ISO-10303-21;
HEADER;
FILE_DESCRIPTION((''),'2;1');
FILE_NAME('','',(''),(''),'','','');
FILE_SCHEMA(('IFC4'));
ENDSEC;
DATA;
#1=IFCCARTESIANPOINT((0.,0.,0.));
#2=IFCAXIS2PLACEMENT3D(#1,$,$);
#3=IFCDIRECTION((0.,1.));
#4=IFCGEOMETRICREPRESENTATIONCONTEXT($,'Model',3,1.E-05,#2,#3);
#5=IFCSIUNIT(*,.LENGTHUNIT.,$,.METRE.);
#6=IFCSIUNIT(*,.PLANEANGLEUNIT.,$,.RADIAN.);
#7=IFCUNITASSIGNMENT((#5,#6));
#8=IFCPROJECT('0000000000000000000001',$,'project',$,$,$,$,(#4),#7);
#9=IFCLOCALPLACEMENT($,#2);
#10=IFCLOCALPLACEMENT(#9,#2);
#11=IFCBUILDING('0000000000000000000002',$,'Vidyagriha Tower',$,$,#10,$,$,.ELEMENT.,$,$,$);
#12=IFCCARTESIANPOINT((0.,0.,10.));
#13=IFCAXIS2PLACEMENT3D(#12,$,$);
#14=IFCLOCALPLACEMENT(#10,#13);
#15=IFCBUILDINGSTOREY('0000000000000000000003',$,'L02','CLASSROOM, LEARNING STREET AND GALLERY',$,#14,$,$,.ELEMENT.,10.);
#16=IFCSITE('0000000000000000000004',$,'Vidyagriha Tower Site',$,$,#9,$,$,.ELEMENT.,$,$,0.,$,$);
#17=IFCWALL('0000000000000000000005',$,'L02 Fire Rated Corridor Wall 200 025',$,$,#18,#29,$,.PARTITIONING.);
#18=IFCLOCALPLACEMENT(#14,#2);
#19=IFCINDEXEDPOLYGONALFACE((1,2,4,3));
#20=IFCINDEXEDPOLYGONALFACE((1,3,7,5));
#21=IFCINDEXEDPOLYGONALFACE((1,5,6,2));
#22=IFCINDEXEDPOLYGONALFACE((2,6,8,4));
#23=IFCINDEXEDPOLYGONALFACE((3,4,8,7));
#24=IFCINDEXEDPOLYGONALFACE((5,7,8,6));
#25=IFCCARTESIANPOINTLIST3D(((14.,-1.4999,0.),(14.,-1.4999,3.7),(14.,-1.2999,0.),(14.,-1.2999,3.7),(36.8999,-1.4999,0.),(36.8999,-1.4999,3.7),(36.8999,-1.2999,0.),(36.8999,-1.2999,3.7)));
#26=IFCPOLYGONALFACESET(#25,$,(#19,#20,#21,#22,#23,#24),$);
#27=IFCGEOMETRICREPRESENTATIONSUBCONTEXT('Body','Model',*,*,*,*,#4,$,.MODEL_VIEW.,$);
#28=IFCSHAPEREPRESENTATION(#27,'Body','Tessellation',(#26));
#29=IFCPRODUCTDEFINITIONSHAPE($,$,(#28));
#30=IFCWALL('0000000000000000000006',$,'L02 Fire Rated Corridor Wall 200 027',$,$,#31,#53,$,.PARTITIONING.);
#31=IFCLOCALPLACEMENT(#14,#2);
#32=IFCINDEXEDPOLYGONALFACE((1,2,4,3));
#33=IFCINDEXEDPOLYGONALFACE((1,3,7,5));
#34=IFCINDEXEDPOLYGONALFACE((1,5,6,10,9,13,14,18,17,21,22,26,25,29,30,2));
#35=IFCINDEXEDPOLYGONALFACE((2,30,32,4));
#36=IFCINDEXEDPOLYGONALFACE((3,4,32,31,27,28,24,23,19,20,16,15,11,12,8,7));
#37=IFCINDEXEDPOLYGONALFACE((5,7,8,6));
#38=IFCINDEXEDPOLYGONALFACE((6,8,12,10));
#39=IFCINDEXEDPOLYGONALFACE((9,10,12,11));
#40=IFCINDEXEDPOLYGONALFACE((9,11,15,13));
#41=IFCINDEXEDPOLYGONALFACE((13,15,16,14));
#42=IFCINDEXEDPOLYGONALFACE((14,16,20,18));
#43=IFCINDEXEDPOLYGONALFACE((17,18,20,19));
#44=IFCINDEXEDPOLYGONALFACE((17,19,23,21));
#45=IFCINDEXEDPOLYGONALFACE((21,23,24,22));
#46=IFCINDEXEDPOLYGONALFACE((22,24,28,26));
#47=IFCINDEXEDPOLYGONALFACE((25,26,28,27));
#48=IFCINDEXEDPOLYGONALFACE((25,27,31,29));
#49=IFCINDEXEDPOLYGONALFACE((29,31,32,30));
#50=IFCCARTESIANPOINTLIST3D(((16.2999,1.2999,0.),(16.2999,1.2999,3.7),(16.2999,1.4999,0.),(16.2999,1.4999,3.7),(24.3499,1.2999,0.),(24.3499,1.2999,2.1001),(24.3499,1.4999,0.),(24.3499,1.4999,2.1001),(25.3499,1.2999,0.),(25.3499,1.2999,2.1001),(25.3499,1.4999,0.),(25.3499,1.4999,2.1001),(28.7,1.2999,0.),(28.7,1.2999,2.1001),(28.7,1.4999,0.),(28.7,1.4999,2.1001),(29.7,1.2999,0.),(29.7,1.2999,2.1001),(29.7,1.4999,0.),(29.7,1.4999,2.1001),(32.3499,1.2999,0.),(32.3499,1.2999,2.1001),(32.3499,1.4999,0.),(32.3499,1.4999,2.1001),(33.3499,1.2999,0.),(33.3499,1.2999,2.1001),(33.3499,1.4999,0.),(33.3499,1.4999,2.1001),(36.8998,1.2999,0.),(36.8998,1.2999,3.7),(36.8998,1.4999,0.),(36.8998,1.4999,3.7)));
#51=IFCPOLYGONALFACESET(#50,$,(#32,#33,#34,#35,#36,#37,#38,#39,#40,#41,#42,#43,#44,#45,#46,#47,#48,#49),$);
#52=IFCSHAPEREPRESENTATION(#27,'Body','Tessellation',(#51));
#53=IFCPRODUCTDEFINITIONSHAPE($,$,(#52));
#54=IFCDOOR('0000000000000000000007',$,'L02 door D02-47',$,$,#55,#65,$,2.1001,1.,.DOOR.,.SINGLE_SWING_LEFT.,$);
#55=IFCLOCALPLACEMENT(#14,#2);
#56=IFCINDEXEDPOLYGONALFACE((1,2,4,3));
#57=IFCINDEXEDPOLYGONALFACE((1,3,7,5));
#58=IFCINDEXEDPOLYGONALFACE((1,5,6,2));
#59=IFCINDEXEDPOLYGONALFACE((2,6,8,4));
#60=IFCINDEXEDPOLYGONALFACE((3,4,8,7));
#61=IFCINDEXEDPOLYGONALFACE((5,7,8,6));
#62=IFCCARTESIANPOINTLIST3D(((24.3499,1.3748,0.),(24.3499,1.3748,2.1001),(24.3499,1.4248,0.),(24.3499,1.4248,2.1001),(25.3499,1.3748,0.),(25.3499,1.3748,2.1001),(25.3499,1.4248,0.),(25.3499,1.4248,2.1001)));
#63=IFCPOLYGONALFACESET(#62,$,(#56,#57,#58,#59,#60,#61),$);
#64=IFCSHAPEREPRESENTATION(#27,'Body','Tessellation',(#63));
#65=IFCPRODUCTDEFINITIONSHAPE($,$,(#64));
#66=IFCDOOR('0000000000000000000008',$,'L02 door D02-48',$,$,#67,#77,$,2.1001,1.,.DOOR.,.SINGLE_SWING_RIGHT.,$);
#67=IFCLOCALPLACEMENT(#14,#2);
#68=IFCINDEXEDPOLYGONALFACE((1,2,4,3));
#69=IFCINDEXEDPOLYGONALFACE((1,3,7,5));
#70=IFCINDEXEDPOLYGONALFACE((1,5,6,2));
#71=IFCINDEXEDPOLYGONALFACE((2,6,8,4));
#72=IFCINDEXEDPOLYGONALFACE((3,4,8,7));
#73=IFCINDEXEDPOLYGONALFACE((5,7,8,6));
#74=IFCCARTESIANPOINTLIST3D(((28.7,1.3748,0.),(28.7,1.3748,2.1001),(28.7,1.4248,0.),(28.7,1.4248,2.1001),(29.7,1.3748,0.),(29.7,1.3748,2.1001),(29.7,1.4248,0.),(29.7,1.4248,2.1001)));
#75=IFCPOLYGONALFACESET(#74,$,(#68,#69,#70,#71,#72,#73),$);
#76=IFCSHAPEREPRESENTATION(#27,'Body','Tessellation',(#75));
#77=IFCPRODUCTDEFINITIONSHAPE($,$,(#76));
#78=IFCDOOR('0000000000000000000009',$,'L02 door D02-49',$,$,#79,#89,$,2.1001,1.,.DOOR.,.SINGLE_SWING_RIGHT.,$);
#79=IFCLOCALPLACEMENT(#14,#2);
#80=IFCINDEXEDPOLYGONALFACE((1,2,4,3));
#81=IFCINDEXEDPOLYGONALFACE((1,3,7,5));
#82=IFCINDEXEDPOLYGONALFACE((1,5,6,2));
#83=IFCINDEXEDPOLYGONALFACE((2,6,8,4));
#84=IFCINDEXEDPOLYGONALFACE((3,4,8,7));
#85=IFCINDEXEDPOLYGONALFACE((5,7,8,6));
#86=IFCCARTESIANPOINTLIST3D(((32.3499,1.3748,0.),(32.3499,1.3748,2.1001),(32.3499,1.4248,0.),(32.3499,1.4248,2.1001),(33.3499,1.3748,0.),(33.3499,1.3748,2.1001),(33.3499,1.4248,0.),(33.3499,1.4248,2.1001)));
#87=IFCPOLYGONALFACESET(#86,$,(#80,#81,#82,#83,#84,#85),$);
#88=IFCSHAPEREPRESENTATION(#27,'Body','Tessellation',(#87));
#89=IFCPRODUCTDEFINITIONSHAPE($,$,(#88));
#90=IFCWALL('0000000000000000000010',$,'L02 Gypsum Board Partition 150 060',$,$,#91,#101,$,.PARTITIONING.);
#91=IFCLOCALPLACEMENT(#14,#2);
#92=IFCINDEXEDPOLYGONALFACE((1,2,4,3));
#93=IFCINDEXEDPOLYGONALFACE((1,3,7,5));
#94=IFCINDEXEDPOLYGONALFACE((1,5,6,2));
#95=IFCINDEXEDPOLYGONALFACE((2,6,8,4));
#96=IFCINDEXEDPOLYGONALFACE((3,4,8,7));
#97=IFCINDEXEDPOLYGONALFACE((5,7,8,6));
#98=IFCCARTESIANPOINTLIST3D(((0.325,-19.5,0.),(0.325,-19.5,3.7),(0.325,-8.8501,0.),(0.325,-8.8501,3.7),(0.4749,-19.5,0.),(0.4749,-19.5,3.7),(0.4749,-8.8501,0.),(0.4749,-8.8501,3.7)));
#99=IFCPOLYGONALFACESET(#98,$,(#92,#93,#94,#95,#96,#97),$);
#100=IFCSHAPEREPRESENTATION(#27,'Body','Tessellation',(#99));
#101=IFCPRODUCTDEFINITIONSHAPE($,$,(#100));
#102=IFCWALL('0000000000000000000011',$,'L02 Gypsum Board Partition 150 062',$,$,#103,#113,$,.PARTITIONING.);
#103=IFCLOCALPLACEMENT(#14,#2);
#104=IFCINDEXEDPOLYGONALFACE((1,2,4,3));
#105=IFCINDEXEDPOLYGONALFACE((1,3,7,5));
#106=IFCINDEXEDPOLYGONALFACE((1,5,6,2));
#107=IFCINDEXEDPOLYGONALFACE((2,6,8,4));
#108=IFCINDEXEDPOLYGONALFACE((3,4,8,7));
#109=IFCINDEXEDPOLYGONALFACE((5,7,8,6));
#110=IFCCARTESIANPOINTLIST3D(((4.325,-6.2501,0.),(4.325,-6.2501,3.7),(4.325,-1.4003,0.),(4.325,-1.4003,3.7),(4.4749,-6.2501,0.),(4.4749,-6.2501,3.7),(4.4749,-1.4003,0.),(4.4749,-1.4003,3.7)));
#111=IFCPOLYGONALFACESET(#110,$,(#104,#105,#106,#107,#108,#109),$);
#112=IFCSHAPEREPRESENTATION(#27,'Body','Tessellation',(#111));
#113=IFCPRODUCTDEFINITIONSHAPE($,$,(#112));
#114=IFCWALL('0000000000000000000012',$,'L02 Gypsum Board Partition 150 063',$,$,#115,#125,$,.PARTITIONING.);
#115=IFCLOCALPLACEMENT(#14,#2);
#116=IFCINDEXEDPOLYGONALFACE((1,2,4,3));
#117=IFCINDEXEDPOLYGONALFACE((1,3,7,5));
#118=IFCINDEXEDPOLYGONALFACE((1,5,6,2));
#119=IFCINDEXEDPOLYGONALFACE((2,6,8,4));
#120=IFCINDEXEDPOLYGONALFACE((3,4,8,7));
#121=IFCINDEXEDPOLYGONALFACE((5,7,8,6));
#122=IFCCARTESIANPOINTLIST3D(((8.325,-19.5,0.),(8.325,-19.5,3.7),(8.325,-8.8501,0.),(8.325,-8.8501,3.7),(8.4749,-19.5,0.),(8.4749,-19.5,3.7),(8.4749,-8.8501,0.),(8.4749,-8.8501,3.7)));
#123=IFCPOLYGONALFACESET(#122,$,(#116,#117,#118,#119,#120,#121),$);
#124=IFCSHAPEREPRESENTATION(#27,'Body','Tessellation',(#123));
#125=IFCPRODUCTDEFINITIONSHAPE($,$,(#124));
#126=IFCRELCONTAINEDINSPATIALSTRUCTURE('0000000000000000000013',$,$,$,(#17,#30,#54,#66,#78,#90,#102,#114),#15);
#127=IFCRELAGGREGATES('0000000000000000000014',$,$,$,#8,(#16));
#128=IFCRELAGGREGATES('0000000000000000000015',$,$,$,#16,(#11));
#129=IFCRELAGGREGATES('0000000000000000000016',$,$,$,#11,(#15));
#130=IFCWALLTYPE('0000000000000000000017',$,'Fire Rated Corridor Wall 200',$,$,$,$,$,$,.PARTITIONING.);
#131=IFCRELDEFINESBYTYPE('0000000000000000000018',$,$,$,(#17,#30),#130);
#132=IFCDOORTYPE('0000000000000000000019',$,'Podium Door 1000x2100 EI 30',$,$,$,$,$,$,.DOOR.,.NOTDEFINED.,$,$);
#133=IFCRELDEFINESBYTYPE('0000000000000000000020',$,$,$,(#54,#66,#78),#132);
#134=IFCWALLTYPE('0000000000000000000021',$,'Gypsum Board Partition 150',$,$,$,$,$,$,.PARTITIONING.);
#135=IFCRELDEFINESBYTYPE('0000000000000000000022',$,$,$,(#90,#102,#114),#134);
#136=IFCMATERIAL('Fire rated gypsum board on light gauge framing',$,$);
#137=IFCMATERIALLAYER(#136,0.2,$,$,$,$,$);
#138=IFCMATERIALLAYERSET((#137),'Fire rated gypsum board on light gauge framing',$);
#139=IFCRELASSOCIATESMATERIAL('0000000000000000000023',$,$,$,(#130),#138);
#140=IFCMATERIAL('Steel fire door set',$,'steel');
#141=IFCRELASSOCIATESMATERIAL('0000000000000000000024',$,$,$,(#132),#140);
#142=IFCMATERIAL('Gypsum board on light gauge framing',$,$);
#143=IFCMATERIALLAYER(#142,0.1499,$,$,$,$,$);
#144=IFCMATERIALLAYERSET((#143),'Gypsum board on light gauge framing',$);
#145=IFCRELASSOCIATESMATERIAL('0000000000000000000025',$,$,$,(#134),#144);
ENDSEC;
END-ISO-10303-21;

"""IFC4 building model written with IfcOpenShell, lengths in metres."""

from ifc_helpers import new_model, si_unit, direction, frame, frame_2d, origin, place, context, subcontext, project, spatial, rectangle, extrude, material, layer, layer_set, type_object, element, fill, save


model = new_model("IFC4")

# Units and contexts
model_context = context("Model", 3, precision=1e-05, world=origin(), true_north=direction((0.0, 1.0)))
body_context = subcontext(model_context, "Body", "Model", "MODEL_VIEW")
ifc_project = project(units=[si_unit("LENGTHUNIT", "METRE"), si_unit("PLANEANGLEUNIT", "RADIAN")], contexts=[model_context])

# Site, building, storey
site_placement = place(None, origin())
site = spatial("IfcSite", under=ifc_project, at=site_placement, Name="Vidyagriha Tower Site", CompositionType="ELEMENT", RefElevation=0.0)
building_placement = place(site_placement, origin())
building = spatial("IfcBuilding", under=site, at=building_placement, Name="Vidyagriha Tower", CompositionType="ELEMENT")
storey_placement = place(building_placement, frame((0.0, 0.0, 10.0)))
storey = spatial("IfcBuildingStorey", under=building, at=storey_placement, Name="L02", Description="CLASSROOM, LEARNING STREET AND GALLERY", CompositionType="ELEMENT", Elevation=10.0)

# Wall
ifc_material_1 = material(Name="Fire rated gypsum board on light gauge framing")
ifc_layer_1 = layer(ifc_material_1, 0.2)
ifc_layer_set_1 = layer_set([ifc_layer_1], Name="Fire rated gypsum board on light gauge framing")
wall_type_1 = type_object("IfcWallType", Name="Fire Rated Corridor Wall 200", PredefinedType="PARTITIONING", material=ifc_layer_set_1)
wall_1_placement = place(storey_placement, frame((14.0, -1.3999, 0.0)))
element("IfcWall", 1, at=wall_1_placement, inside=storey, type_object=wall_type_1, Name="L02 Fire Rated Corridor Wall 200 025", PredefinedType="PARTITIONING", context=body_context, shape_type="SweptSolid", body=[
    extrude(rectangle(XDim=22.8999, YDim=0.2, at=frame_2d((11.45, 0.0))), origin(), (0.0, 0.0, 1.0), 3.7),
])

# Wall, openings, doors
wall_2_placement = place(storey_placement, frame((16.3, 1.3999, 0.0)))
wall_2 = element("IfcWall", 2, at=wall_2_placement, inside=storey, type_object=wall_type_1, Name="L02 Fire Rated Corridor Wall 200 027", PredefinedType="PARTITIONING", context=body_context, shape_type="SweptSolid", body=[
    extrude(rectangle(XDim=20.5999, YDim=0.2, at=frame_2d((10.2998, 0.0))), origin(), (0.0, 0.0, 1.0), 3.7),
])
opening_1_placement = place(wall_2_placement, frame((8.0498, 0.0, 0.0)))
opening_1 = element("IfcOpeningElement", 3, at=opening_1_placement, cuts=wall_2, PredefinedType="OPENING", context=body_context, shape_type="SweptSolid", body=[
    extrude(rectangle(XDim=1.0, YDim=2.1001, at=frame_2d((0.5, 1.05))), frame((0.0, 0.1099, 0.0), z_axis=(0.0, -1.0, 0.0), x_axis=(1.0, 0.0, 0.0)), (0.0, 0.0, 1.0), 0.22),
])
opening_2_placement = place(wall_2_placement, frame((12.3999, 0.0, 0.0)))
opening_2 = element("IfcOpeningElement", 4, at=opening_2_placement, cuts=wall_2, PredefinedType="OPENING", context=body_context, shape_type="SweptSolid", body=[
    extrude(rectangle(XDim=1.0, YDim=2.1001, at=frame_2d((0.5, 1.05))), frame((0.0, 0.1099, 0.0), z_axis=(0.0, -1.0, 0.0), x_axis=(1.0, 0.0, 0.0)), (0.0, 0.0, 1.0), 0.22),
])
opening_3_placement = place(wall_2_placement, frame((16.0498, 0.0, 0.0)))
opening_3 = element("IfcOpeningElement", 5, at=opening_3_placement, cuts=wall_2, PredefinedType="OPENING", context=body_context, shape_type="SweptSolid", body=[
    extrude(rectangle(XDim=1.0, YDim=2.1001, at=frame_2d((0.5, 1.05))), frame((0.0, 0.1099, 0.0), z_axis=(0.0, -1.0, 0.0), x_axis=(1.0, 0.0, 0.0)), (0.0, 0.0, 1.0), 0.22),
])
ifc_material_2 = material(Name="Steel fire door set", Category="steel")
door_type = type_object("IfcDoorType", Name="Podium Door 1000x2100 EI 30", OperationType="NOTDEFINED", PredefinedType="DOOR", material=ifc_material_2)
door_1_placement = place(opening_1_placement, origin())
door_1 = element("IfcDoor", 6, at=door_1_placement, inside=storey, type_object=door_type, Name="L02 door D02-47", OperationType="SINGLE_SWING_LEFT", OverallHeight=2.1001, OverallWidth=1.0, PredefinedType="DOOR", context=body_context, shape_type="SweptSolid", body=[
    extrude(rectangle(XDim=1.0, YDim=2.1001, at=frame_2d((0.5, 1.05))), frame((0.0, 0.0249, 0.0), z_axis=(0.0, -1.0, 0.0), x_axis=(1.0, 0.0, 0.0)), (0.0, 0.0, 1.0), 0.05),
])
fill(opening_1, door_1)
door_2_placement = place(opening_2_placement, origin())
door_2 = element("IfcDoor", 7, at=door_2_placement, inside=storey, type_object=door_type, Name="L02 door D02-48", OperationType="SINGLE_SWING_RIGHT", OverallHeight=2.1001, OverallWidth=1.0, PredefinedType="DOOR", context=body_context, shape_type="SweptSolid", body=[
    extrude(rectangle(XDim=1.0, YDim=2.1001, at=frame_2d((0.5, 1.05))), frame((0.0, 0.0249, 0.0), z_axis=(0.0, -1.0, 0.0), x_axis=(1.0, 0.0, 0.0)), (0.0, 0.0, 1.0), 0.05),
])
fill(opening_2, door_2)
door_3_placement = place(opening_3_placement, origin())
door_3 = element("IfcDoor", 8, at=door_3_placement, inside=storey, type_object=door_type, Name="L02 door D02-49", OperationType="SINGLE_SWING_RIGHT", OverallHeight=2.1001, OverallWidth=1.0, PredefinedType="DOOR", context=body_context, shape_type="SweptSolid", body=[
    extrude(rectangle(XDim=1.0, YDim=2.1001, at=frame_2d((0.5, 1.05))), frame((0.0, 0.0249, 0.0), z_axis=(0.0, -1.0, 0.0), x_axis=(1.0, 0.0, 0.0)), (0.0, 0.0, 1.0), 0.05),
])
fill(opening_3, door_3)

# Walls
ifc_material_3 = material(Name="Gypsum board on light gauge framing")
ifc_layer_2 = layer(ifc_material_3, 0.1499)
ifc_layer_set_2 = layer_set([ifc_layer_2], Name="Gypsum board on light gauge framing")
wall_type_2 = type_object("IfcWallType", Name="Gypsum Board Partition 150", PredefinedType="PARTITIONING", material=ifc_layer_set_2)
wall_3_placement = place(storey_placement, frame((0.3999, -19.5, 0.0), z_axis=(0.0, 0.0, 1.0), x_axis=(0.0, 1.0, 0.0)))
element("IfcWall", 9, at=wall_3_placement, inside=storey, type_object=wall_type_2, Name="L02 Gypsum Board Partition 150 060", PredefinedType="PARTITIONING", context=body_context, shape_type="SweptSolid", body=[
    extrude(rectangle(XDim=10.6499, YDim=0.1499, at=frame_2d((5.325, 0.0))), origin(), (0.0, 0.0, 1.0), 3.7),
])
wall_4_placement = place(storey_placement, frame((4.3999, -6.25, 0.0), z_axis=(0.0, 0.0, 1.0), x_axis=(0.0, 1.0, 0.0)))
element("IfcWall", 10, at=wall_4_placement, inside=storey, type_object=wall_type_2, Name="L02 Gypsum Board Partition 150 062", PredefinedType="PARTITIONING", context=body_context, shape_type="SweptSolid", body=[
    extrude(rectangle(XDim=4.8499, YDim=0.1499, at=frame_2d((2.4248, 0.0))), origin(), (0.0, 0.0, 1.0), 3.7),
])
wall_5_placement = place(storey_placement, frame((8.3999, -19.5, 0.0), z_axis=(0.0, 0.0, 1.0), x_axis=(0.0, 1.0, 0.0)))
element("IfcWall", 11, at=wall_5_placement, inside=storey, type_object=wall_type_2, Name="L02 Gypsum Board Partition 150 063", PredefinedType="PARTITIONING", context=body_context, shape_type="SweptSolid", body=[
    extrude(rectangle(XDim=10.6499, YDim=0.1499, at=frame_2d((5.325, 0.0))), origin(), (0.0, 0.0, 1.0), 3.7),
])

save(model, "model.ifc")
